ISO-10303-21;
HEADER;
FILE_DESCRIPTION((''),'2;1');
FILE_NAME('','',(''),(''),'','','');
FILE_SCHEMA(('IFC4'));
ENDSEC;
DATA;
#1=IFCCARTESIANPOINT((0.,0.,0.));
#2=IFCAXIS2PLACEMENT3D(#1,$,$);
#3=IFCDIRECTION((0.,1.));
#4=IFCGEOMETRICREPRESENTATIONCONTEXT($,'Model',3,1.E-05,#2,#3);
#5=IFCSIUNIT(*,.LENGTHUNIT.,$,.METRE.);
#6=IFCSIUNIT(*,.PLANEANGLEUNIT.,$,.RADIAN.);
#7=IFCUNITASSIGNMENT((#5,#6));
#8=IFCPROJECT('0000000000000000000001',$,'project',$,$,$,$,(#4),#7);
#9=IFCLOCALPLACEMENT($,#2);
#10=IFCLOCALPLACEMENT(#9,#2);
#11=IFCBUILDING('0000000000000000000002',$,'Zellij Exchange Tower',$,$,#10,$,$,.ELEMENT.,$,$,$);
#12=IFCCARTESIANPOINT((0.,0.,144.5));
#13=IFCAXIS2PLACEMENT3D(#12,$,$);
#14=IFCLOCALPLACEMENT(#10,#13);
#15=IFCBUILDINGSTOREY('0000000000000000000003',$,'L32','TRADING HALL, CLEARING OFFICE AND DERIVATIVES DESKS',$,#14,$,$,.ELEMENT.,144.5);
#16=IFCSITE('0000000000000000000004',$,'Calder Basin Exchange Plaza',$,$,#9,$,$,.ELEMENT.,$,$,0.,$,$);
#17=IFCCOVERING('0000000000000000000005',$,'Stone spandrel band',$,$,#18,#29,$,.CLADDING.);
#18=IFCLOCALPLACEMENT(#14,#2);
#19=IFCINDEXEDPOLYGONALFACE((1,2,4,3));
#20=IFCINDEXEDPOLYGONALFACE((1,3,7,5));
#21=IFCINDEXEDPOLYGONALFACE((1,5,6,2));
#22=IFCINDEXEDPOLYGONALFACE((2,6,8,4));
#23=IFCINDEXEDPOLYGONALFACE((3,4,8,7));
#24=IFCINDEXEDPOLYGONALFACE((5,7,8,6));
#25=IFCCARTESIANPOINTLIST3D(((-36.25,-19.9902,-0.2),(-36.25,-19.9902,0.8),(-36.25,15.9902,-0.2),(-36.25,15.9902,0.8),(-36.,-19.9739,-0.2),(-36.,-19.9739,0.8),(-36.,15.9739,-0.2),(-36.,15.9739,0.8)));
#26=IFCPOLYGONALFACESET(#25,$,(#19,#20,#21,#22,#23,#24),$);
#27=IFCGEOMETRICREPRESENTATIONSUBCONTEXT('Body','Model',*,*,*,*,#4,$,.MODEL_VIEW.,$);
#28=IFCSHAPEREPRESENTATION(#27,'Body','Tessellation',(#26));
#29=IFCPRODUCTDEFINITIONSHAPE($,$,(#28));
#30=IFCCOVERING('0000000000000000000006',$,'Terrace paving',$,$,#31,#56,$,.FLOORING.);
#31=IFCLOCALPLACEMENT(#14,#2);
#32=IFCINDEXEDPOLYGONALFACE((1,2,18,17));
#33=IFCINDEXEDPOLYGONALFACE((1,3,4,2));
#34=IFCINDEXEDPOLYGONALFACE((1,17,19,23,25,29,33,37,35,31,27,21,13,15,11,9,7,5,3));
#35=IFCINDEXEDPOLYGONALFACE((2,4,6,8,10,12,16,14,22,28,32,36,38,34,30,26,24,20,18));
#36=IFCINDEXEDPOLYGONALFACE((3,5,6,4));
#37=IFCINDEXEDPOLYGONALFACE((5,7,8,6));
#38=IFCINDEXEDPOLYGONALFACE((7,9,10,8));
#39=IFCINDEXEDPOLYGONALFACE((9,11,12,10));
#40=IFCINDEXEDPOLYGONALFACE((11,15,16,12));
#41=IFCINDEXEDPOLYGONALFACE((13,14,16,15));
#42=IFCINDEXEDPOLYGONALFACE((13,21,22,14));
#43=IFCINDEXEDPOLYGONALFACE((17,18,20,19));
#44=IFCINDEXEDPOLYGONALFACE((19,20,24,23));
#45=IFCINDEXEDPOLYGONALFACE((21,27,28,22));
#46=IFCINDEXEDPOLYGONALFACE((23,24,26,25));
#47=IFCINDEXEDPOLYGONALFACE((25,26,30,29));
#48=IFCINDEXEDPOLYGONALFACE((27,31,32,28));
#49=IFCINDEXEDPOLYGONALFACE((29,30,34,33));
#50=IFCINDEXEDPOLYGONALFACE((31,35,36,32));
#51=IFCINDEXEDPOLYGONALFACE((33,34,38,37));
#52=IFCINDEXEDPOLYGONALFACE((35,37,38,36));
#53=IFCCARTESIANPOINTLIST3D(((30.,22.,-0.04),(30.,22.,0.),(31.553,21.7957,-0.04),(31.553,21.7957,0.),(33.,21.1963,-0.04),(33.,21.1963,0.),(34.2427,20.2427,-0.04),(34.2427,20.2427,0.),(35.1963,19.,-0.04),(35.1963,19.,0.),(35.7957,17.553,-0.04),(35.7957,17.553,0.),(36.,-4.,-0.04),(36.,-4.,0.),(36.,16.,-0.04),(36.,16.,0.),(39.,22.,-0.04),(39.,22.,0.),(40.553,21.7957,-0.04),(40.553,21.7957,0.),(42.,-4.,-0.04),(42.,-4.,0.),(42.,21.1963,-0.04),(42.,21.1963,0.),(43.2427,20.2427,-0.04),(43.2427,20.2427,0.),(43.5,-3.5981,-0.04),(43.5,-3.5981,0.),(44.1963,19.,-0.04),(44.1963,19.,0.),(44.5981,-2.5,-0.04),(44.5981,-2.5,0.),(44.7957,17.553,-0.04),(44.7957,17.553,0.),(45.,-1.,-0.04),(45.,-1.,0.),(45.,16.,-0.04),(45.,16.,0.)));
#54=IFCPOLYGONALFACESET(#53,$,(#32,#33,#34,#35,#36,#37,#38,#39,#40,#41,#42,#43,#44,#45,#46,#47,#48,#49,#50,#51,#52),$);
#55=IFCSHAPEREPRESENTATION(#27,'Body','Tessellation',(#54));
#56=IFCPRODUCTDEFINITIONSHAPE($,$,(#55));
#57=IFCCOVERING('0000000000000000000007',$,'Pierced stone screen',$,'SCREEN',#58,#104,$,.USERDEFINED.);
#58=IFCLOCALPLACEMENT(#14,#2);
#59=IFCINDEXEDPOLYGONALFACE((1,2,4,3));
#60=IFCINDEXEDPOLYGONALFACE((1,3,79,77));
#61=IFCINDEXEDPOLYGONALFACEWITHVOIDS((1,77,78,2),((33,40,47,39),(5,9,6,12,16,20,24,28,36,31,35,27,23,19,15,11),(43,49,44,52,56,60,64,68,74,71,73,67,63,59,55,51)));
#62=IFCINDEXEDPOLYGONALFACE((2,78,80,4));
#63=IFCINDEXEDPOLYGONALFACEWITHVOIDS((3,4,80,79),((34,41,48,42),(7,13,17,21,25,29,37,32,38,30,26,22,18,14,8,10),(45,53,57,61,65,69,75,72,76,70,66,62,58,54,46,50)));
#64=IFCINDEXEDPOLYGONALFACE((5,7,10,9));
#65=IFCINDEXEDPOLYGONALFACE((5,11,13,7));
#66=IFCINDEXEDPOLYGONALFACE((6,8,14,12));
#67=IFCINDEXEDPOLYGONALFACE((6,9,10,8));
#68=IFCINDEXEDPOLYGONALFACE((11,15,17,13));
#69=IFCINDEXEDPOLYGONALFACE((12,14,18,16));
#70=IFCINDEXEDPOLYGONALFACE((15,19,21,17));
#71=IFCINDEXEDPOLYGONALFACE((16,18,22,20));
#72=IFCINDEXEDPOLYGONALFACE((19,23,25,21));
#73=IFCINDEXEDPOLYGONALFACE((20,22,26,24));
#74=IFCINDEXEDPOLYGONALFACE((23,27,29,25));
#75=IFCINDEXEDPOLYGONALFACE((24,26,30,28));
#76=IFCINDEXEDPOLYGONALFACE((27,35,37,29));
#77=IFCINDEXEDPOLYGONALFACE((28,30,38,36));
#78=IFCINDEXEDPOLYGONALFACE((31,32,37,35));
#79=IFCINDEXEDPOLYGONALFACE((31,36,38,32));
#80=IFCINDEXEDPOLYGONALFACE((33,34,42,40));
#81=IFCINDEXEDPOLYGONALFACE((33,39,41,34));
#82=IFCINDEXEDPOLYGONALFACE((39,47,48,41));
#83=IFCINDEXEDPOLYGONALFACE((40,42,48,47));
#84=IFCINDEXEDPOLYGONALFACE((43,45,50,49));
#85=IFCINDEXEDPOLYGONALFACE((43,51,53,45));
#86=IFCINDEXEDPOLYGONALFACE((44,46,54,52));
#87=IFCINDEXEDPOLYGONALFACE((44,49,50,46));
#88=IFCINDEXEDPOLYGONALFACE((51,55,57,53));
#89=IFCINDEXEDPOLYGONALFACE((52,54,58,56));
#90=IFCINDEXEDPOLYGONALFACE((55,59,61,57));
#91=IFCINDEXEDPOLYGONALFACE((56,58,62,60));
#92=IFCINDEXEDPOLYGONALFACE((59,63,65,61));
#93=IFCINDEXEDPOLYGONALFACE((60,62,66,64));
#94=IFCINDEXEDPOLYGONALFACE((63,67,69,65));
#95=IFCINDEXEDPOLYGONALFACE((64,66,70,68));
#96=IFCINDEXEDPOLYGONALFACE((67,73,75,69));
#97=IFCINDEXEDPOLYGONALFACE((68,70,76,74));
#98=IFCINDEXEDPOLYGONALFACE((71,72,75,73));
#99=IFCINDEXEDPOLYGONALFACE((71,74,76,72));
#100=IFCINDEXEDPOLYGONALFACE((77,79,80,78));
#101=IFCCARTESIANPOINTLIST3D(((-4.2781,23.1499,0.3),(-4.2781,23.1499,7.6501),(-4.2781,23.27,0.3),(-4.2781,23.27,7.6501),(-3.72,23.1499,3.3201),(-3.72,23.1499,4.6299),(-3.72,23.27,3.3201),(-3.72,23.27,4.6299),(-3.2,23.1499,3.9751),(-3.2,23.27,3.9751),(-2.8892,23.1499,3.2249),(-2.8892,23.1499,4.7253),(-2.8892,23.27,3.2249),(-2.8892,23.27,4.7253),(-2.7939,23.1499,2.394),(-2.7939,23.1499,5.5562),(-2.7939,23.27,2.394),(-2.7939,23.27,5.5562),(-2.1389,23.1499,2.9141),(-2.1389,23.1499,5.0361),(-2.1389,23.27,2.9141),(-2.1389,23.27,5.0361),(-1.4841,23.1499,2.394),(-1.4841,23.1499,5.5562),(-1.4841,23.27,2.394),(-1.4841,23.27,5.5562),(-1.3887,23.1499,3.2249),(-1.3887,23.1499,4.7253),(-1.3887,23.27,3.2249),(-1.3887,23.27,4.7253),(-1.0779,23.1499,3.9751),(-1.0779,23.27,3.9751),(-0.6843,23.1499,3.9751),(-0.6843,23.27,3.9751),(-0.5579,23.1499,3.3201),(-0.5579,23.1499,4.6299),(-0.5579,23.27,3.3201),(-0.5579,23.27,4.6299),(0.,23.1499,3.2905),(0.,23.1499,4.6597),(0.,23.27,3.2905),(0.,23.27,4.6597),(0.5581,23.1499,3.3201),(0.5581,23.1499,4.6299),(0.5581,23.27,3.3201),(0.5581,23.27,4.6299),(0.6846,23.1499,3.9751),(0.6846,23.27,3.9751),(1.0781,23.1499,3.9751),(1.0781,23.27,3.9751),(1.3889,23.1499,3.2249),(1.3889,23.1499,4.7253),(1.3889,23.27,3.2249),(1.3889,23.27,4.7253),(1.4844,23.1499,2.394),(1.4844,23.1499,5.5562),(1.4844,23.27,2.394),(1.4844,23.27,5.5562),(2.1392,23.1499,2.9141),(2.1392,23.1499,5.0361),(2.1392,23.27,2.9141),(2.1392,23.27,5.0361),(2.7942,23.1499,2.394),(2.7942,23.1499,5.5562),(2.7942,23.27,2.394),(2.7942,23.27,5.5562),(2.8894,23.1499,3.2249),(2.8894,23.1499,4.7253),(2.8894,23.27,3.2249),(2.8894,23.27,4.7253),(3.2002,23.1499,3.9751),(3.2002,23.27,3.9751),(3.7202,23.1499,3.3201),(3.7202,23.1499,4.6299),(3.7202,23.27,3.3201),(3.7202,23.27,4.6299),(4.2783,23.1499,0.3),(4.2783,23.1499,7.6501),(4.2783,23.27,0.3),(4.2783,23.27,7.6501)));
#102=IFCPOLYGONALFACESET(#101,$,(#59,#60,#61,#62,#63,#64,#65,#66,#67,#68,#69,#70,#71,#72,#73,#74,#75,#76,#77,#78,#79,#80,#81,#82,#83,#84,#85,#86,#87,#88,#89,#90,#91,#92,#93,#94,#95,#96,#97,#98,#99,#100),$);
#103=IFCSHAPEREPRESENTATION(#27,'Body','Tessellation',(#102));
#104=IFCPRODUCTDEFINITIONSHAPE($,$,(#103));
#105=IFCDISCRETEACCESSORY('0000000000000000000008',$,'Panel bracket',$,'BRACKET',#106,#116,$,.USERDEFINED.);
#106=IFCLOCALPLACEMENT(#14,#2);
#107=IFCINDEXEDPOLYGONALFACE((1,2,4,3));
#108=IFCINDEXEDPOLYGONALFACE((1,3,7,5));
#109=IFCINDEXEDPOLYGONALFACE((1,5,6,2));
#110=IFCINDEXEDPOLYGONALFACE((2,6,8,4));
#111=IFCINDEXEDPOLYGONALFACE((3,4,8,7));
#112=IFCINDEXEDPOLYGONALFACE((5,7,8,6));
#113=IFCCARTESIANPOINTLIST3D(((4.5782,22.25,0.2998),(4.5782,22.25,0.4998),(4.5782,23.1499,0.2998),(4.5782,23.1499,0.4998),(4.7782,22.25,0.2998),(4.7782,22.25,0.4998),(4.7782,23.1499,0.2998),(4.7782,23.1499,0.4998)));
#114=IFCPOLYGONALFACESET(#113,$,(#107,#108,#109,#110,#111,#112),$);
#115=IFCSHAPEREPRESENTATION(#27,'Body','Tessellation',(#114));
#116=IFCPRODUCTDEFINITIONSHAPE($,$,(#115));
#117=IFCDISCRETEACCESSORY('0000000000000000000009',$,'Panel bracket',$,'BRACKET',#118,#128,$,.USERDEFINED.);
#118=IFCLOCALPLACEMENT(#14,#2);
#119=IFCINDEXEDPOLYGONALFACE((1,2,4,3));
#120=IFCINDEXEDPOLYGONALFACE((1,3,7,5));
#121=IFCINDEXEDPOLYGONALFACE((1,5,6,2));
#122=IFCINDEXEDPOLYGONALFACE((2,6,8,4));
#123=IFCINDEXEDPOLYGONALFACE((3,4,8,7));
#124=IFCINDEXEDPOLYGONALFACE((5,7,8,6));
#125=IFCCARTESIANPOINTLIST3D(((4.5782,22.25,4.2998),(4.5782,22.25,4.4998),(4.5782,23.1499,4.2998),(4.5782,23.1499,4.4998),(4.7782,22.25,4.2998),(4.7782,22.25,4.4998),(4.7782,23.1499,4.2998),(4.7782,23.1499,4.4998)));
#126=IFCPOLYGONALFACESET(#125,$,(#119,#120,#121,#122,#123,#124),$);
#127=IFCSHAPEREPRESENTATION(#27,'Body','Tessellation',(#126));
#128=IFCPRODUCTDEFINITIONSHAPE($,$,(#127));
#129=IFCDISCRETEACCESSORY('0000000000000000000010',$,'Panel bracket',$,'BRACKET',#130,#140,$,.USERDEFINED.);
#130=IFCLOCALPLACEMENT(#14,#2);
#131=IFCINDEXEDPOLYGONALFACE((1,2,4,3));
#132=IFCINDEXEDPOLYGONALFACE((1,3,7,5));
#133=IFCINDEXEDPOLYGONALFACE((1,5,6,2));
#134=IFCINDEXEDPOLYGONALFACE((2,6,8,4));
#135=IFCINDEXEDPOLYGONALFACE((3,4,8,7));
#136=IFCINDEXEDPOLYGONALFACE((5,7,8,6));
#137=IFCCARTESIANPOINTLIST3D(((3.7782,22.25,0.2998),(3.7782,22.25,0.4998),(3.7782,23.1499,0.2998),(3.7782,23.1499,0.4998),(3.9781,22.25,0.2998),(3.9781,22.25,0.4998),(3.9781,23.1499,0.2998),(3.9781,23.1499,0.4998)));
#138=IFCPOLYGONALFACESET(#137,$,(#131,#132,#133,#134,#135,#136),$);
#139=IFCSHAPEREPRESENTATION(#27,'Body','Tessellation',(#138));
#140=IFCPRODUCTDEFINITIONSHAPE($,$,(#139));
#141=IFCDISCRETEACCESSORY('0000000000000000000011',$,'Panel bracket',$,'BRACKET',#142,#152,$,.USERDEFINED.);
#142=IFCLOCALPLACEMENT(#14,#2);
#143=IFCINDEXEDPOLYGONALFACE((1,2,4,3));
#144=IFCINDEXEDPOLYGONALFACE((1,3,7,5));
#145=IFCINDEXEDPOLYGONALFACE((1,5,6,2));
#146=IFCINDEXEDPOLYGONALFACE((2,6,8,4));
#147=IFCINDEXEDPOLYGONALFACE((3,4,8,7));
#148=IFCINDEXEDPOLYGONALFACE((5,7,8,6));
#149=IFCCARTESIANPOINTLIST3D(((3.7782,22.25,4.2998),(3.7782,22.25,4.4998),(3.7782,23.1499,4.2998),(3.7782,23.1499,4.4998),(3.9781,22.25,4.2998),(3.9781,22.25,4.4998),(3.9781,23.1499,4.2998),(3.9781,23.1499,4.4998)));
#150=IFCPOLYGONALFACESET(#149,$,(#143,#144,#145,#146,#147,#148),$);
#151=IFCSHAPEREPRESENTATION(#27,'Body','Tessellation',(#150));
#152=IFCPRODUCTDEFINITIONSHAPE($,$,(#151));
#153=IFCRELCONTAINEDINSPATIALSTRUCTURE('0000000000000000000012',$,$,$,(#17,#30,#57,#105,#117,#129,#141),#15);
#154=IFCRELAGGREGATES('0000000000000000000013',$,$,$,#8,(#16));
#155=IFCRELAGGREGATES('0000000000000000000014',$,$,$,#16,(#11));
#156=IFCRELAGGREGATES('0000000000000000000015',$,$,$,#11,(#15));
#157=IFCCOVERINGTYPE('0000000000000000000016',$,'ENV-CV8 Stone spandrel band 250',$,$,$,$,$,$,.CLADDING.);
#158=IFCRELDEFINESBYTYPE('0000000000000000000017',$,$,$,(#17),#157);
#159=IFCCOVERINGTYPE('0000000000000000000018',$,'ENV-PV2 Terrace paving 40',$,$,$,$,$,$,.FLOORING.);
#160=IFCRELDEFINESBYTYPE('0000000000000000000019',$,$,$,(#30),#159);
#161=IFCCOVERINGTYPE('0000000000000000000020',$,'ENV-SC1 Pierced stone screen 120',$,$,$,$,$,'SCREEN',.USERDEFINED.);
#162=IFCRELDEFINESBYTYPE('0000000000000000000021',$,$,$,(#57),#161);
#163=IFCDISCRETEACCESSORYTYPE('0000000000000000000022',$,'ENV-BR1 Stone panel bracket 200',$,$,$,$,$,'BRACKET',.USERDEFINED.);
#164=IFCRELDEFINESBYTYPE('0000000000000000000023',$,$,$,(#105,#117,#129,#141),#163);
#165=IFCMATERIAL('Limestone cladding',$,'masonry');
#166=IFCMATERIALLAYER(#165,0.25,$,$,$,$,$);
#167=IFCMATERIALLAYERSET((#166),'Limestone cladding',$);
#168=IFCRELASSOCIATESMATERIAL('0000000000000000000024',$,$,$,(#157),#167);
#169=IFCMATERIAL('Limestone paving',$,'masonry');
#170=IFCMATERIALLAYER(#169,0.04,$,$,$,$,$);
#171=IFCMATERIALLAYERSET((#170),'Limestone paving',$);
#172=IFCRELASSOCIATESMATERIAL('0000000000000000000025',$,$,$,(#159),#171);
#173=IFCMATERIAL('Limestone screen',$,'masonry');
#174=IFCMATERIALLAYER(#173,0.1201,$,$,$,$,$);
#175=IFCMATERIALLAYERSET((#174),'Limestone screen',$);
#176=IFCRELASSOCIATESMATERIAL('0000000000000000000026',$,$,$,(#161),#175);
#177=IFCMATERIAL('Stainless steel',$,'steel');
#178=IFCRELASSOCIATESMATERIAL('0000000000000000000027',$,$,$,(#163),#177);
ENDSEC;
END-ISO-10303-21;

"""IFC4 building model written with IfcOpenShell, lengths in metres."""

from ifc_helpers import new_model, si_unit, direction, frame, origin, origin_2d, place, context, subcontext, project, spatial, polyline, rectangle, outline, extrude, material, layer, layer_set, type_object, element, save


model = new_model("IFC4")

# Units and contexts
model_context = context("Model", 3, precision=1e-05, world=origin(), true_north=direction((0.0, 1.0)))
body_context = subcontext(model_context, "Body", "Model", "MODEL_VIEW")
ifc_project = project(units=[si_unit("LENGTHUNIT", "METRE"), si_unit("PLANEANGLEUNIT", "RADIAN")], contexts=[model_context])

# Site, building, storey
site_placement = place(None, origin())
site = spatial("IfcSite", under=ifc_project, at=site_placement, Name="Calder Basin Exchange Plaza", CompositionType="ELEMENT", RefElevation=0.0)
building_placement = place(site_placement, origin())
building = spatial("IfcBuilding", under=site, at=building_placement, Name="Zellij Exchange Tower", CompositionType="ELEMENT")
storey_placement = place(building_placement, frame((0.0, 0.0, 144.5)))
storey = spatial("IfcBuildingStorey", under=building, at=storey_placement, Name="L32", Description="TRADING HALL, CLEARING OFFICE AND DERIVATIVES DESKS", CompositionType="ELEMENT", Elevation=144.5)

# Coverings
ifc_material_1 = material(Name="Limestone cladding", Category="masonry")
ifc_layer_1 = layer(ifc_material_1, 0.25)
ifc_layer_set_1 = layer_set([ifc_layer_1], Name="Limestone cladding")
covering_type_1 = type_object("IfcCoveringType", Name="ENV-CV8 Stone spandrel band 250", PredefinedType="CLADDING", material=ifc_layer_set_1)
covering_1_placement = place(storey_placement, frame((0.0, 0.0, -0.2)))
element("IfcCovering", 1, at=covering_1_placement, inside=storey, type_object=covering_type_1, Name="Stone spandrel band", PredefinedType="CLADDING", context=body_context, shape_type="SweptSolid", body=[
    extrude(outline(polyline([(-36.0, 15.9739), (-36.0, -19.9739), (-36.25, -19.9902), (-36.25, 15.9902), (-36.0, 15.9739)])), origin(), (0.0, 0.0, 1.0), 1.0),
])
ifc_material_2 = material(Name="Limestone paving", Category="masonry")
ifc_layer_2 = layer(ifc_material_2, 0.04)
ifc_layer_set_2 = layer_set([ifc_layer_2], Name="Limestone paving")
covering_type_2 = type_object("IfcCoveringType", Name="ENV-PV2 Terrace paving 40", PredefinedType="FLOORING", material=ifc_layer_set_2)
covering_2_placement = place(storey_placement, frame((0.0, 0.0, -0.04)))
element("IfcCovering", 2, at=covering_2_placement, inside=storey, type_object=covering_type_2, Name="Terrace paving", PredefinedType="FLOORING", context=body_context, shape_type="SweptSolid", body=[
    extrude(outline(polyline([(42.0, 21.1963), (40.553, 21.7957), (39.0, 22.0), (30.0, 22.0), (31.553, 21.7957), (33.0, 21.1963), (34.2427, 20.2427), (35.1963, 19.0), (35.7957, 17.553), (36.0, 16.0), (36.0, -4.0), (42.0, -4.0), (43.5, -3.5981), (44.5981, -2.5), (45.0, -1.0), (45.0, 16.0), (44.7957, 17.553), (44.1963, 19.0), (43.2427, 20.2427), (42.0, 21.1963)])), origin(), (0.0, 0.0, 1.0), 0.04),
])
ifc_material_3 = material(Name="Limestone screen", Category="masonry")
ifc_layer_3 = layer(ifc_material_3, 0.1201)
ifc_layer_set_3 = layer_set([ifc_layer_3], Name="Limestone screen")
covering_type_3 = type_object("IfcCoveringType", Name="ENV-SC1 Pierced stone screen 120", ElementType="SCREEN", PredefinedType="USERDEFINED", material=ifc_layer_set_3)
covering_3_placement = place(storey_placement, frame((4.2783, 23.21, 0.3), z_axis=(0.0, 0.0, 1.0), x_axis=(-1.0, 0.0, 0.0)))
element("IfcCovering", 3, at=covering_3_placement, inside=storey, type_object=covering_type_3, Name="Pierced stone screen", ObjectType="SCREEN", PredefinedType="USERDEFINED", context=body_context, shape_type="SweptSolid", body=[
    extrude(outline(polyline([(0.0, 0.0), (8.5564, 0.0), (8.5564, 7.3501), (0.0, 7.3501), (0.0, 0.0)]), holes=[polyline([(3.7202, 4.3298), (2.8894, 4.4253), (2.7939, 5.2561), (2.1392, 4.7361), (1.4841, 5.2561), (1.3889, 4.4253), (0.5581, 4.3298), (1.0781, 3.675), (0.5581, 3.02), (1.3889, 2.9248), (1.4841, 2.094), (2.1392, 2.614), (2.7939, 2.094), (2.8894, 2.9248), (3.7202, 3.02), (3.2002, 3.675), (3.7202, 4.3298)]), polyline([(7.9983, 4.3298), (7.1675, 4.4253), (7.0723, 5.2561), (6.4172, 4.7361), (5.7625, 5.2561), (5.667, 4.4253), (4.8362, 4.3298), (5.3562, 3.675), (4.8362, 3.02), (5.667, 2.9248), (5.7625, 2.094), (6.4172, 2.614), (7.0723, 2.094), (7.1675, 2.9248), (7.9983, 3.02), (7.4783, 3.675), (7.9983, 4.3298)]), polyline([(4.9626, 3.675), (4.2783, 4.3596), (3.5938, 3.675), (4.2783, 2.9905), (4.9626, 3.675)])]), frame((0.0, 0.0601, 0.0), z_axis=(0.0, -1.0, 0.0), x_axis=(1.0, 0.0, 0.0)), (0.0, 0.0, 1.0), 0.1201),
])

# Discrete accessories
ifc_material_4 = material(Name="Stainless steel", Category="steel")
discrete_accessory_type = type_object("IfcDiscreteAccessoryType", Name="ENV-BR1 Stone panel bracket 200", ElementType="BRACKET", PredefinedType="USERDEFINED", material=ifc_material_4)
for number, where, z_axis, x_axis, name in (
    (4, (4.6782, 22.7, 0.2998), (0.0, 0.0, 1.0), (-1.0, 0.0, 0.0), "Panel bracket"),
    (5, (4.6782, 22.7, 4.2998), (0.0, 0.0, 1.0), (-1.0, 0.0, 0.0), "Panel bracket"),
    (6, (3.8782, 22.7, 0.2998), (0.0, 0.0, 1.0), (-1.0, 0.0, 0.0), "Panel bracket"),
    (7, (3.8782, 22.7, 4.2998), (0.0, 0.0, 1.0), (-1.0, 0.0, 0.0), "Panel bracket"),
):
    element("IfcDiscreteAccessory", number, at=place(storey_placement, frame(where, z_axis=z_axis, x_axis=x_axis)), inside=storey, type_object=discrete_accessory_type, Name=name, ObjectType="BRACKET", PredefinedType="USERDEFINED", context=body_context, shape_type="SweptSolid", body=[
        extrude(rectangle(XDim=0.2, YDim=0.8999, at=origin_2d()), origin(), (0.0, 0.0, 1.0), 0.2),
    ])

save(model, "model.ifc")
